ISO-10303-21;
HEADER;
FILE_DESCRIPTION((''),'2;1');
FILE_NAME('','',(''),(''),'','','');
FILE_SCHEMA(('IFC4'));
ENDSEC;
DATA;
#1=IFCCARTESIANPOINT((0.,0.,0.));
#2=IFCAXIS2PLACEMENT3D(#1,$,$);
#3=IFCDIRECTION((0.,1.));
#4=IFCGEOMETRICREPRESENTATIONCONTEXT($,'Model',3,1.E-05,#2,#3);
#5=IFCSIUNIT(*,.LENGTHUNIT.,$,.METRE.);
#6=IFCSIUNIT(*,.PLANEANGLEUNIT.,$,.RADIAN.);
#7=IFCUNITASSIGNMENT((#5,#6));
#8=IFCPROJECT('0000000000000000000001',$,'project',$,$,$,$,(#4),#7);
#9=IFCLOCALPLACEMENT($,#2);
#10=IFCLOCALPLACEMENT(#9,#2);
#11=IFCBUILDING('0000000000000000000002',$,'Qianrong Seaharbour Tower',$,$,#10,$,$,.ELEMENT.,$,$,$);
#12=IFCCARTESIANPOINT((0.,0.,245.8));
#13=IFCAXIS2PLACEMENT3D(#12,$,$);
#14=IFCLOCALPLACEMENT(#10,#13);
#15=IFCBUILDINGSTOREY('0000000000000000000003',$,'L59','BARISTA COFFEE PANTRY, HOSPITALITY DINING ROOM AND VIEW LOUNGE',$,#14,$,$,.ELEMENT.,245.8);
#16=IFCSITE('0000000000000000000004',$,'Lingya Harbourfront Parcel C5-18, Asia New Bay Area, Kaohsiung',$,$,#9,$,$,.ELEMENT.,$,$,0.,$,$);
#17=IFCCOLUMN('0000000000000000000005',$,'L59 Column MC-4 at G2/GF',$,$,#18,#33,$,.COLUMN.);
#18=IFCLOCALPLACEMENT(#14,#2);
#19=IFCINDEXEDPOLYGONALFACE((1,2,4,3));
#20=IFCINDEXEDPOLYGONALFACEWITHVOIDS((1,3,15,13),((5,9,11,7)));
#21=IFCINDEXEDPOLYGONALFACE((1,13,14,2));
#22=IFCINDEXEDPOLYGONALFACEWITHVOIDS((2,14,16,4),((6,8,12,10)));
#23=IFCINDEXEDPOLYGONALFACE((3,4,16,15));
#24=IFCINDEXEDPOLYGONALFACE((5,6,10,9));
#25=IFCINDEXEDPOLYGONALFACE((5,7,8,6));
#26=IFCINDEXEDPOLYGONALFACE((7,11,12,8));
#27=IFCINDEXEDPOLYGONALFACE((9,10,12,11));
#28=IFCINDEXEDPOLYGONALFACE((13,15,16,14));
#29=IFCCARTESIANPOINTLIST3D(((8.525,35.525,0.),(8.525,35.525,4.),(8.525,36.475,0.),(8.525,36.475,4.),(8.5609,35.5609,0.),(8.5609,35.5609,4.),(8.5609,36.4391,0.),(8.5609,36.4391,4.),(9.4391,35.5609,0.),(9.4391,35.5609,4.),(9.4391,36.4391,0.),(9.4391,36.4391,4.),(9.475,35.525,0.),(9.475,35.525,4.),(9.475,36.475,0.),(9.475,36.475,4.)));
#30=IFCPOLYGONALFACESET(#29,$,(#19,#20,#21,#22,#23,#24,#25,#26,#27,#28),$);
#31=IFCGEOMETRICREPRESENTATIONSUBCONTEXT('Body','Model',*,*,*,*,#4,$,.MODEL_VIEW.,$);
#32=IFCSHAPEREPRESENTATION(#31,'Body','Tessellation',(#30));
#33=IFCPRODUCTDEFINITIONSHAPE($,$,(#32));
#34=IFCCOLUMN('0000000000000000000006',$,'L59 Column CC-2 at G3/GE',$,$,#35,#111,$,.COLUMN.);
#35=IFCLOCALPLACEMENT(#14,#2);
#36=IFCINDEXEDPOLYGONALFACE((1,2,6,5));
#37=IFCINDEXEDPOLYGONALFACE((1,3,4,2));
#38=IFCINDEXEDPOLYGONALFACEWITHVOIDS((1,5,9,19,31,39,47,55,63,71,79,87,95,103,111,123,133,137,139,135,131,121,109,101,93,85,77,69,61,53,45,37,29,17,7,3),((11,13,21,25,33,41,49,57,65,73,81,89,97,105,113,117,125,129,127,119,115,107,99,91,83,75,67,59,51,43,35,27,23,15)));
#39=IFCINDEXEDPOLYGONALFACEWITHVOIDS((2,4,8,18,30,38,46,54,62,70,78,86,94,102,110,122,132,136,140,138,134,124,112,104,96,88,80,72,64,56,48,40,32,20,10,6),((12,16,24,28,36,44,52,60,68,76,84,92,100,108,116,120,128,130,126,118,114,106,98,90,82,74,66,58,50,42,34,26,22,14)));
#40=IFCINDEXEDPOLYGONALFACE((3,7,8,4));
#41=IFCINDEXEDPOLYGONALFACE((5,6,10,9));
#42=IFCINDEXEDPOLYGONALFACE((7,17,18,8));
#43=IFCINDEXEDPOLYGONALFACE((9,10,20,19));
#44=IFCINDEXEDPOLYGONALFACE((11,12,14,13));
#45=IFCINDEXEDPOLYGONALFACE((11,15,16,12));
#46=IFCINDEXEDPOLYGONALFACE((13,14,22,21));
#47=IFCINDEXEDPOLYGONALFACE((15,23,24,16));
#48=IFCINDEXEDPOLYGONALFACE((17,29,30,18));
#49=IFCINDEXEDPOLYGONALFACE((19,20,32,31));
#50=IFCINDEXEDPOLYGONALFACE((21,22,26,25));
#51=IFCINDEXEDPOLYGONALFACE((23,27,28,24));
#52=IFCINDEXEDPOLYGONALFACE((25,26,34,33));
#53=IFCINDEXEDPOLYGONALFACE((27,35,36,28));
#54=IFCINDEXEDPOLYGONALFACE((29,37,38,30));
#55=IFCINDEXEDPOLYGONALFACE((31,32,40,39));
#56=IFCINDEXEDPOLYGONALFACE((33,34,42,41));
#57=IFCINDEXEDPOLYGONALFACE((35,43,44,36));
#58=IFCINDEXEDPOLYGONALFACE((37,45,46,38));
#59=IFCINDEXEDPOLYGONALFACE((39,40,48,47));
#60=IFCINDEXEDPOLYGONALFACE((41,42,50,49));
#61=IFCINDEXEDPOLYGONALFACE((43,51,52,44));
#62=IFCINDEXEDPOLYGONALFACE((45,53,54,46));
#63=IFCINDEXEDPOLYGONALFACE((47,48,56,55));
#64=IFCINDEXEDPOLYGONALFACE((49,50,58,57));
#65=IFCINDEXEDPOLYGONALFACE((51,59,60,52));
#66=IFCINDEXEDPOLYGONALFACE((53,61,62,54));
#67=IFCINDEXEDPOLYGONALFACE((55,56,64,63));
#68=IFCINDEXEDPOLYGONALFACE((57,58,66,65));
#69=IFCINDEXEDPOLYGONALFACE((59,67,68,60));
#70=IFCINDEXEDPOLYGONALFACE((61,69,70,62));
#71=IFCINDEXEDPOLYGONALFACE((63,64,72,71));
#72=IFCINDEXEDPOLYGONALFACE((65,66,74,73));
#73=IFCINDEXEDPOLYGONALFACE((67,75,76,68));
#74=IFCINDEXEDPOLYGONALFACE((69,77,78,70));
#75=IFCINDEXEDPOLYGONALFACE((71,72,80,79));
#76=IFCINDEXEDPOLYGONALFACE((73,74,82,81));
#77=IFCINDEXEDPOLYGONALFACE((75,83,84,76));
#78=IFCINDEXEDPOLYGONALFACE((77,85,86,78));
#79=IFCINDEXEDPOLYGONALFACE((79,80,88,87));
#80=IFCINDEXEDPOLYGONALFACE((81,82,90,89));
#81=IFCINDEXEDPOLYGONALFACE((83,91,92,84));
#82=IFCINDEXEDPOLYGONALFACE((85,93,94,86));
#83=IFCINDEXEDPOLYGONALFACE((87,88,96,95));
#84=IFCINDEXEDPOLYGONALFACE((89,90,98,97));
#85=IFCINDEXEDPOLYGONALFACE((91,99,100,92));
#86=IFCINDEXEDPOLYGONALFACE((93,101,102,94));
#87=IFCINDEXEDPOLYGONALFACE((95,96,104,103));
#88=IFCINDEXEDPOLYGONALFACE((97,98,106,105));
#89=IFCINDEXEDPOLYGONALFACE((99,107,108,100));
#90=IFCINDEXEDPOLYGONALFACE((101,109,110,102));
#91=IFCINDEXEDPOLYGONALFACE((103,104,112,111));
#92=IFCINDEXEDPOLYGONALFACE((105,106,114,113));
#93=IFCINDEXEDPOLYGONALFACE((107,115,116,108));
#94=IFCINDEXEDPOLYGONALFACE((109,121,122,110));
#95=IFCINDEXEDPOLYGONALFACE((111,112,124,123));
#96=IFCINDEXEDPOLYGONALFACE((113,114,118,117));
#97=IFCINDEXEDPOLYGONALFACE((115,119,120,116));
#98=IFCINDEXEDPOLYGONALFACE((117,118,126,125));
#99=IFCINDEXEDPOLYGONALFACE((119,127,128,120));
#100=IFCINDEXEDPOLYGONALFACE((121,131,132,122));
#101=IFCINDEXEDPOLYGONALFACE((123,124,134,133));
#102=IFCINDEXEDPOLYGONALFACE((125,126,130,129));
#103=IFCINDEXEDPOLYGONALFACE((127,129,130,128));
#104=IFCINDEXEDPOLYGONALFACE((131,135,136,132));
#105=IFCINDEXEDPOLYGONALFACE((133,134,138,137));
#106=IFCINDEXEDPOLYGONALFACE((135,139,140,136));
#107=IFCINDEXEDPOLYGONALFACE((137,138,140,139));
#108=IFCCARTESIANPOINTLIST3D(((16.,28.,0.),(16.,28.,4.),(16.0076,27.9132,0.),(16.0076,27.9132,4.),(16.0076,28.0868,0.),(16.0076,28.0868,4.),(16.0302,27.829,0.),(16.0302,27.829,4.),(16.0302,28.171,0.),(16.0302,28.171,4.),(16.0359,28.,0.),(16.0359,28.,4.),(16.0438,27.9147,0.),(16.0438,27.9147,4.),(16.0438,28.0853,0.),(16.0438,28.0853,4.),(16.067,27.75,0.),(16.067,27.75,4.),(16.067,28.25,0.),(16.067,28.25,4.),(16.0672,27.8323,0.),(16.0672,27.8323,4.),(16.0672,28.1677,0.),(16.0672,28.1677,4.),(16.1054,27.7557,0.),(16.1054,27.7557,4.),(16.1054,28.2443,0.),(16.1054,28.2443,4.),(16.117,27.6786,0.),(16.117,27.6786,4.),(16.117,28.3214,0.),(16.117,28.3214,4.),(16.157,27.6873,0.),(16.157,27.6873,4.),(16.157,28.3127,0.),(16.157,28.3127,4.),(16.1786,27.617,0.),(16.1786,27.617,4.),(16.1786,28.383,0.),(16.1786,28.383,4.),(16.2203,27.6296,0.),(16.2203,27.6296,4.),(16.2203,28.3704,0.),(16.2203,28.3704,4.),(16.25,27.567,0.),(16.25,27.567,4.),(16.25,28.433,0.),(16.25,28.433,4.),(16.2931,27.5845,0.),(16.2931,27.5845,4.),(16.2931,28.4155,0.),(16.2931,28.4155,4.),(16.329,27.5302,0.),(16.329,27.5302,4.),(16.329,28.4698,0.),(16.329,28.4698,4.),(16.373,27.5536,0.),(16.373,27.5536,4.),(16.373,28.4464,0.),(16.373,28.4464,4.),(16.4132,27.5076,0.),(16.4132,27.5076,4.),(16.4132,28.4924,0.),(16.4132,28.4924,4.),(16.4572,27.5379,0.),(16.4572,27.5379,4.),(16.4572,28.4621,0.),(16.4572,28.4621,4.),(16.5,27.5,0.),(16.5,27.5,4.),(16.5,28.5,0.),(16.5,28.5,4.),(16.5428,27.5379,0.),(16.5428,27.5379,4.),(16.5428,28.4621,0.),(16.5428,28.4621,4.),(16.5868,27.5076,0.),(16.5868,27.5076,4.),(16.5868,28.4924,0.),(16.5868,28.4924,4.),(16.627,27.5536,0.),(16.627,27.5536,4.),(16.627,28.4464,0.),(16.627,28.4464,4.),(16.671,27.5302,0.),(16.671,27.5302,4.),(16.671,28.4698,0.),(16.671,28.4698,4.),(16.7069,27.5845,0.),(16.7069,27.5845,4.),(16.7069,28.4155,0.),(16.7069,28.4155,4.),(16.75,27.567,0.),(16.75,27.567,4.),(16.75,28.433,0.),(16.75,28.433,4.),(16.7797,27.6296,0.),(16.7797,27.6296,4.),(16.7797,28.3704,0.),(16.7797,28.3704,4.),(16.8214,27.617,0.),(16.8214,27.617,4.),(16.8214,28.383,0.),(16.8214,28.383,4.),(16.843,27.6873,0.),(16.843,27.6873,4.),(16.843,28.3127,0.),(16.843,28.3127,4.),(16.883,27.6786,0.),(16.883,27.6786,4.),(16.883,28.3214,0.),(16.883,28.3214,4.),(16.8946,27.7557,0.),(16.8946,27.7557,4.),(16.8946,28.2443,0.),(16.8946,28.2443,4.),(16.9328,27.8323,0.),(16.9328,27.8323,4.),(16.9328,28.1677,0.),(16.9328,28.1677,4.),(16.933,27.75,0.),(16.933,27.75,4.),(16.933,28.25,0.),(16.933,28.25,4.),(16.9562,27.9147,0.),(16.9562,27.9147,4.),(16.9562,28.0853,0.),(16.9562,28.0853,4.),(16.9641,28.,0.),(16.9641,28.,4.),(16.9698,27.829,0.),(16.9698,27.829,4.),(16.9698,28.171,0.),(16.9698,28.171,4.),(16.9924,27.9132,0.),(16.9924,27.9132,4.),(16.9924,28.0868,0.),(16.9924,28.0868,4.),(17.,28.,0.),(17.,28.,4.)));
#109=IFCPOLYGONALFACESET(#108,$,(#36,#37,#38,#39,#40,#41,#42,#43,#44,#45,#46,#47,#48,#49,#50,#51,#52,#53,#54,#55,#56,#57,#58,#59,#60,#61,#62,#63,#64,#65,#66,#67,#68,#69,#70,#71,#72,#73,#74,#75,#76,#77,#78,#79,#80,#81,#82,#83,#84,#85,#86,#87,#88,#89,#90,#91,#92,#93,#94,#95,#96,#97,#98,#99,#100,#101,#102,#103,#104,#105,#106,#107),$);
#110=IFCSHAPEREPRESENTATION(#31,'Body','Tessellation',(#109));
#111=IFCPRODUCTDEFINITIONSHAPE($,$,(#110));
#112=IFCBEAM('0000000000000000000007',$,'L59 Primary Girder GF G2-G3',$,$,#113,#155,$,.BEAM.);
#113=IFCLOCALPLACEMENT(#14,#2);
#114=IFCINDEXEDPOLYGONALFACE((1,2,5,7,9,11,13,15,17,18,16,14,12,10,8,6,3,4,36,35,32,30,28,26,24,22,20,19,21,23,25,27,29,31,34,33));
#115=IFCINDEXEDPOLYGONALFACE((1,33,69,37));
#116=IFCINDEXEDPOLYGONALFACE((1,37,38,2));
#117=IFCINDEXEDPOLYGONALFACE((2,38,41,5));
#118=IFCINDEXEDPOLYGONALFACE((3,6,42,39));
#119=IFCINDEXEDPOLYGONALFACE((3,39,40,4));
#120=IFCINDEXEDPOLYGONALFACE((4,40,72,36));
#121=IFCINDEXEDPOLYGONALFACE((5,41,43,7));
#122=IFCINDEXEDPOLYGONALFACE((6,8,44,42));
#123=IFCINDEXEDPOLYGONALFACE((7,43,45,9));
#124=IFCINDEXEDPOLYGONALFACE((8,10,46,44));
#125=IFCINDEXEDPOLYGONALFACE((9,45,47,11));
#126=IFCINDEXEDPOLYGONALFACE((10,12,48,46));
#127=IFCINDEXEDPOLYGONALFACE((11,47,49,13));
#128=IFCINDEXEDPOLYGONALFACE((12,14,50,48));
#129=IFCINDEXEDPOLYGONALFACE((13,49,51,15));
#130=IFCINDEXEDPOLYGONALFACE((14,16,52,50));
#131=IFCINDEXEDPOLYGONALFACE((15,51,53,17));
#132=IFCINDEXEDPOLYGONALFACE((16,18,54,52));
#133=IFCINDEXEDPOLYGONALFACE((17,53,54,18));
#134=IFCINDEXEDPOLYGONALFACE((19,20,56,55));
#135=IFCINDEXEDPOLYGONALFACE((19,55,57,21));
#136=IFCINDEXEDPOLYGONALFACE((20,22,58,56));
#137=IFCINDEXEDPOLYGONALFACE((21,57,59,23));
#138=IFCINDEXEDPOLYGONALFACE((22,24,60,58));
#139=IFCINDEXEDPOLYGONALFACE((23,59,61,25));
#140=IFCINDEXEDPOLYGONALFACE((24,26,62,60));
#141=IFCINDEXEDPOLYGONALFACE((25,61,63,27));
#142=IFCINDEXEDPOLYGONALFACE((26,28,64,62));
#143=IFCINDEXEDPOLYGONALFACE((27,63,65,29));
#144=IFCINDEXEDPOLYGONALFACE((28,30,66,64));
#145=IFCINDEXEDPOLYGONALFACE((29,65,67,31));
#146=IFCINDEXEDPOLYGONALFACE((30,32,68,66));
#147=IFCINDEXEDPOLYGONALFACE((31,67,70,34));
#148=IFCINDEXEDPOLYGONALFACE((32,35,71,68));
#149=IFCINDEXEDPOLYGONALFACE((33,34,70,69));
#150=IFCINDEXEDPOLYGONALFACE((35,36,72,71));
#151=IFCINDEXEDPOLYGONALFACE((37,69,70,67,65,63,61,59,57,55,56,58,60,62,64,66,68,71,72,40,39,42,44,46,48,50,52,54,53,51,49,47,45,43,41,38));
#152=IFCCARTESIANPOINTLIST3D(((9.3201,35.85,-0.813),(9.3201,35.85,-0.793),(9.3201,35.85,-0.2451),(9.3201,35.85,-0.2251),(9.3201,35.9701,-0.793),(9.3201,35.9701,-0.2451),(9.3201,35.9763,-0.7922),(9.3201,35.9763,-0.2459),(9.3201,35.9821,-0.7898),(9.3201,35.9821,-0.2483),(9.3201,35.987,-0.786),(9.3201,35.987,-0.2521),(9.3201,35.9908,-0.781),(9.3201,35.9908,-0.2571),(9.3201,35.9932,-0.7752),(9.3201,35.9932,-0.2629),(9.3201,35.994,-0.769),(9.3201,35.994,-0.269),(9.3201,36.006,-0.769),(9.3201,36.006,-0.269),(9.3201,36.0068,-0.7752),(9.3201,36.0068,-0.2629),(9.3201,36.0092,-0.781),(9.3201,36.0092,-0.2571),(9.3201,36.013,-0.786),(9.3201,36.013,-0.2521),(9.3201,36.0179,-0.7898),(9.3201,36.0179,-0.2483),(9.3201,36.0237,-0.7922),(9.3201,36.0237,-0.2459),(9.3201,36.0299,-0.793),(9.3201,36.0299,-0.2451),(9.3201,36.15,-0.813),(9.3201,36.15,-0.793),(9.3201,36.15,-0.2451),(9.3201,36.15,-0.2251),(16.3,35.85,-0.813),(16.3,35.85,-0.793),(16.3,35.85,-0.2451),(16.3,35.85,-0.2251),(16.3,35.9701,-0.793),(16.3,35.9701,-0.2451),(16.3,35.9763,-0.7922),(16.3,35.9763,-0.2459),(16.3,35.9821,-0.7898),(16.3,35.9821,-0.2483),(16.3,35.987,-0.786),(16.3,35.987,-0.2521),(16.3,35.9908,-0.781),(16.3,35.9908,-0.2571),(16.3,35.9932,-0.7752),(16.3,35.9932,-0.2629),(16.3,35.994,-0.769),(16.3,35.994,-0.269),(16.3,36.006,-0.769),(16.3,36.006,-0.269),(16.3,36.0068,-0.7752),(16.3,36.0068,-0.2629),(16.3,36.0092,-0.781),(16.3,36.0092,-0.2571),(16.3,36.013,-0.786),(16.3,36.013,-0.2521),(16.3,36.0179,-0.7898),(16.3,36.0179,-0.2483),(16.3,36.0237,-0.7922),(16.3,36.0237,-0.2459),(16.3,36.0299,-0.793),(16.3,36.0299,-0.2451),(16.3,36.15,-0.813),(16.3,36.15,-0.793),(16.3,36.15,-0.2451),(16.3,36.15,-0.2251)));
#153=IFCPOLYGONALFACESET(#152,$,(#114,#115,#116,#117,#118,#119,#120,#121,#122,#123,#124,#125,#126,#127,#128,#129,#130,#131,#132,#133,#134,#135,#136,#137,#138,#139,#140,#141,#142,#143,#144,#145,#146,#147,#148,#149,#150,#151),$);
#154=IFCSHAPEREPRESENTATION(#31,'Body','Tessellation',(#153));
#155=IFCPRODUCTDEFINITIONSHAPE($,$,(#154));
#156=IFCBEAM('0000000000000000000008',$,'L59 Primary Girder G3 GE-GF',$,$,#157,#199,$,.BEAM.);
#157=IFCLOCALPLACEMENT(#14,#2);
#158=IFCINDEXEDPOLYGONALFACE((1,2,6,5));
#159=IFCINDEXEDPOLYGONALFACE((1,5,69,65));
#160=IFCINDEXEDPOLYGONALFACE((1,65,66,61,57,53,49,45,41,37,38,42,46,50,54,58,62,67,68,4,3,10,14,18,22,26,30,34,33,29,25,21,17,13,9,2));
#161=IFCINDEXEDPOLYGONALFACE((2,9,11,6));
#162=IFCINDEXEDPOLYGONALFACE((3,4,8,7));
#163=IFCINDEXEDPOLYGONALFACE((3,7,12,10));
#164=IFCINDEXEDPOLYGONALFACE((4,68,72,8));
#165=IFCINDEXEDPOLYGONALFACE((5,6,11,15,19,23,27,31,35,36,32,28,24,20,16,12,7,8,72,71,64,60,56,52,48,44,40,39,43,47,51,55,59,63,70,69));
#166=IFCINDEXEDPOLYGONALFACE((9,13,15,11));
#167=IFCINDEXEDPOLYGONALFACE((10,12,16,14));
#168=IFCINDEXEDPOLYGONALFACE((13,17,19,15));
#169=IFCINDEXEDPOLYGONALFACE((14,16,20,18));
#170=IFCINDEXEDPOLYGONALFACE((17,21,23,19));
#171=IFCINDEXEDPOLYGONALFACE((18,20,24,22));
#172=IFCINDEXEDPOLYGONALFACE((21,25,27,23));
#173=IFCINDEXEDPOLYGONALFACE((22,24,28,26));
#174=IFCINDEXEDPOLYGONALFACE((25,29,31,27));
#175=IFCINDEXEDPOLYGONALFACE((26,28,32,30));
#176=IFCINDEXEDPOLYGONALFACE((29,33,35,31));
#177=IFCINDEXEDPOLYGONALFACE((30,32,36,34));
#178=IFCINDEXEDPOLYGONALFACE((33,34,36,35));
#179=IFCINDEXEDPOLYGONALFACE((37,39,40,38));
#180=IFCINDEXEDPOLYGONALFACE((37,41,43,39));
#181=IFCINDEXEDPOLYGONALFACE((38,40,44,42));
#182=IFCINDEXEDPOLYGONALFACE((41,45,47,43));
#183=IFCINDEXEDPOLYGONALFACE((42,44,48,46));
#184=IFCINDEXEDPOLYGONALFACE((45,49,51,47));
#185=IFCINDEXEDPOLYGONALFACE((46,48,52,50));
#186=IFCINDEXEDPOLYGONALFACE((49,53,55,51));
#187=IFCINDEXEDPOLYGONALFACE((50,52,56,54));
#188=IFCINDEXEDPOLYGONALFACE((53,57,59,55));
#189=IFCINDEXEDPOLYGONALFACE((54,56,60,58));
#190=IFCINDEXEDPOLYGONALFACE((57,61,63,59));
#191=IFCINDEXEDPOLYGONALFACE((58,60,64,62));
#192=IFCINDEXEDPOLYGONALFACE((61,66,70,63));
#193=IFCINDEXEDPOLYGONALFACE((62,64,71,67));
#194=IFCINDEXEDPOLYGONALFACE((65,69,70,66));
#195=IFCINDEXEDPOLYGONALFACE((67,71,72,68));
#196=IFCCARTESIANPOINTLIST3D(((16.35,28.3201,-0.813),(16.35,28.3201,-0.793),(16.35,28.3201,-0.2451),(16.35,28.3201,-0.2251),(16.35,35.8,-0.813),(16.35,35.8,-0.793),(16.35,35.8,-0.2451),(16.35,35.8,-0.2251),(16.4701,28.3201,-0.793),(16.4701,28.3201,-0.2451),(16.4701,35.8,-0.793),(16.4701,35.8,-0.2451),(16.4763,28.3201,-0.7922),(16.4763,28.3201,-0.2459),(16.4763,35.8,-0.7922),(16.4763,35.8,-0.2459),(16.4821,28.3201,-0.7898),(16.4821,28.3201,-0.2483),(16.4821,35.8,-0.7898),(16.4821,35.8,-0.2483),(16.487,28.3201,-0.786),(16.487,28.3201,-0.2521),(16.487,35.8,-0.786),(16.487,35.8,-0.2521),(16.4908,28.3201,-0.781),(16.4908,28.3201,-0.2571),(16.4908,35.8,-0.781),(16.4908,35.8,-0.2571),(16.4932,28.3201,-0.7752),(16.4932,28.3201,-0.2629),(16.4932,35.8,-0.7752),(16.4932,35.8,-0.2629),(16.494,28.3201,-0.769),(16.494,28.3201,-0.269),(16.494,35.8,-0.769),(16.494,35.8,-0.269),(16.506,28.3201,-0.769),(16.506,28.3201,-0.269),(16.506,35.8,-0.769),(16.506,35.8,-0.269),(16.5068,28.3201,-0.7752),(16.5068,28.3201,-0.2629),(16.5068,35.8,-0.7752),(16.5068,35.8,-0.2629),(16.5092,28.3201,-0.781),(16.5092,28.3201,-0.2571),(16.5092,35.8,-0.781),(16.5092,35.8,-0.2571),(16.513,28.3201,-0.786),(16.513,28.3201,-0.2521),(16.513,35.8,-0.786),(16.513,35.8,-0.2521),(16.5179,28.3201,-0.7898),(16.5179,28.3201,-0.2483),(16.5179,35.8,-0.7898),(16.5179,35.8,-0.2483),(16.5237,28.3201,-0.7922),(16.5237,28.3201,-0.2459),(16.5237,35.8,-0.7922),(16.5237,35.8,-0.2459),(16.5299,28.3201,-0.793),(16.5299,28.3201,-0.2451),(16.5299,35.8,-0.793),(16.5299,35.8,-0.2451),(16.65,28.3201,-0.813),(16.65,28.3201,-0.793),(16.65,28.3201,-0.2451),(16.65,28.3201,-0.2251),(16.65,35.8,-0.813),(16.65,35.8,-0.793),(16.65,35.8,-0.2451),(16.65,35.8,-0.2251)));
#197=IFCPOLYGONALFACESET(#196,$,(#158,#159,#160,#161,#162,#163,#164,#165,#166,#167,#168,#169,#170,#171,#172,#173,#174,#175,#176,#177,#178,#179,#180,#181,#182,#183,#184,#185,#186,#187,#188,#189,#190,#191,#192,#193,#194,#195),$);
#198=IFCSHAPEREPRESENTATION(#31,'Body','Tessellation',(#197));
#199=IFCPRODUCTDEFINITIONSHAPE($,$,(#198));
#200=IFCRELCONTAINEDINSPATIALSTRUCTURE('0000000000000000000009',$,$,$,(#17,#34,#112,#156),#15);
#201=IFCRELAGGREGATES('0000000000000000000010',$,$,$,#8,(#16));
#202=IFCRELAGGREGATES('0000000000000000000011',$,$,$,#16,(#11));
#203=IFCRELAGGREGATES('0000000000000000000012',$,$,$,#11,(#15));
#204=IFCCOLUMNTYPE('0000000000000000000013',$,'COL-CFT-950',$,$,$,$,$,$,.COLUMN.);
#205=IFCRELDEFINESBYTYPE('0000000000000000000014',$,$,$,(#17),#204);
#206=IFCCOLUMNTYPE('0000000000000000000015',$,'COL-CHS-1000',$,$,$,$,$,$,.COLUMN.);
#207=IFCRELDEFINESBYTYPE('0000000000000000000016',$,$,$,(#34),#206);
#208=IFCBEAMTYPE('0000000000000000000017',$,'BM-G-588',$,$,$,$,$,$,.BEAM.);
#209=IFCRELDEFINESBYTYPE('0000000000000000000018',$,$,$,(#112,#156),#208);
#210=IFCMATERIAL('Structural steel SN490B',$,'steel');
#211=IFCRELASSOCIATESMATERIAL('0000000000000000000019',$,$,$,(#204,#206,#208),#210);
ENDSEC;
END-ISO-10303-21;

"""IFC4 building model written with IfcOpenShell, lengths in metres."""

from ifc_helpers import new_model, si_unit, direction, frame, origin, origin_2d, place, context, subcontext, project, spatial, hollow_rectangle, hollow_circle, i_section, extrude, material, material_profile, profile_set, type_object, element, save


model = new_model("IFC4")

# Units and contexts
model_context = context("Model", 3, precision=1e-05, world=origin(), true_north=direction((0.0, 1.0)))
body_context = subcontext(model_context, "Body", "Model", "MODEL_VIEW")
ifc_project = project(units=[si_unit("LENGTHUNIT", "METRE"), si_unit("PLANEANGLEUNIT", "RADIAN")], contexts=[model_context])

# Site, building, storey
site_placement = place(None, origin())
site = spatial("IfcSite", under=ifc_project, at=site_placement, Name="Lingya Harbourfront Parcel C5-18, Asia New Bay Area, Kaohsiung", CompositionType="ELEMENT", RefElevation=0.0)
building_placement = place(site_placement, origin())
building = spatial("IfcBuilding", under=site, at=building_placement, Name="Qianrong Seaharbour Tower", CompositionType="ELEMENT")
storey_placement = place(building_placement, frame((0.0, 0.0, 245.8)))
storey = spatial("IfcBuildingStorey", under=building, at=storey_placement, Name="L59", Description="BARISTA COFFEE PANTRY, HOSPITALITY DINING ROOM AND VIEW LOUNGE", CompositionType="ELEMENT", Elevation=245.8)

# Columns
ifc_material_1 = material(Name="Structural steel SN490B", Category="steel")
ifc_material_profile_1 = material_profile(ifc_material_1, hollow_rectangle(XDim=0.95, YDim=0.95, WallThickness=0.0359, at=origin_2d()), Name="BOX950x950x36")
ifc_profile_set_1 = profile_set([ifc_material_profile_1], Name="Structural steel SN490B")
column_type_1 = type_object("IfcColumnType", Name="COL-CFT-950", PredefinedType="COLUMN", material=ifc_profile_set_1)
column_1_placement = place(storey_placement, frame((9.0, 36.0, 0.0), z_axis=(0.0, 0.0, 1.0), x_axis=(1.0, 0.0, 0.0)))
element("IfcColumn", 1, at=column_1_placement, inside=storey, type_object=column_type_1, Name="L59 Column MC-4 at G2/GF", PredefinedType="COLUMN", context=body_context, shape_type="SweptSolid", body=[
    extrude(hollow_rectangle(XDim=0.95, YDim=0.95, WallThickness=0.0359, at=origin_2d()), origin(), (0.0, 0.0, 1.0), 4.0),
])
ifc_material_profile_2 = material_profile(ifc_material_1, hollow_circle(Radius=0.5, WallThickness=0.0359, at=origin_2d()), Name="CHS1000x36")
ifc_profile_set_2 = profile_set([ifc_material_profile_2], Name="Structural steel SN490B")
column_type_2 = type_object("IfcColumnType", Name="COL-CHS-1000", PredefinedType="COLUMN", material=ifc_profile_set_2)
column_2_placement = place(storey_placement, frame((16.5, 28.0, 0.0), z_axis=(0.0, 0.0, 1.0), x_axis=(1.0, 0.0, 0.0)))
element("IfcColumn", 2, at=column_2_placement, inside=storey, type_object=column_type_2, Name="L59 Column CC-2 at G3/GE", PredefinedType="COLUMN", context=body_context, shape_type="SweptSolid", body=[
    extrude(hollow_circle(Radius=0.5, WallThickness=0.0359, at=origin_2d()), origin(), (0.0, 0.0, 1.0), 4.0),
])

# Beams
ifc_material_profile_3 = material_profile(ifc_material_1, i_section(OverallWidth=0.3, OverallDepth=0.5879, WebThickness=0.012, FlangeThickness=0.02, FilletRadius=0.0239, at=origin_2d()), Name="H588x300x12x20")
ifc_profile_set_3 = profile_set([ifc_material_profile_3], Name="Structural steel SN490B")
beam_type_1 = type_object("IfcBeamType", Name="BM-G-588", PredefinedType="BEAM", material=ifc_profile_set_3)
beam_1_placement = place(storey_placement, frame((9.3201, 36.0, -0.519), z_axis=(1.0, 0.0, 0.0), x_axis=(0.0, 1.0, 0.0)))
element("IfcBeam", 3, at=beam_1_placement, inside=storey, type_object=beam_type_1, Name="L59 Primary Girder GF G2-G3", PredefinedType="BEAM", context=body_context, shape_type="SweptSolid", body=[
    extrude(i_section(OverallWidth=0.3, OverallDepth=0.5879, WebThickness=0.012, FlangeThickness=0.02, FilletRadius=0.0239, at=origin_2d()), origin(), (0.0, 0.0, 1.0), 6.98),
])
beam_2_placement = place(storey_placement, frame((16.5, 28.3201, -0.519), z_axis=(0.0, 1.0, 0.0), x_axis=(-1.0, 0.0, 0.0)))
element("IfcBeam", 4, at=beam_2_placement, inside=storey, type_object=beam_type_1, Name="L59 Primary Girder G3 GE-GF", PredefinedType="BEAM", context=body_context, shape_type="SweptSolid", body=[
    extrude(i_section(OverallWidth=0.3, OverallDepth=0.5879, WebThickness=0.012, FlangeThickness=0.02, FilletRadius=0.0239, at=origin_2d()), origin(), (0.0, 0.0, 1.0), 7.48),
])

save(model, "model.ifc")
